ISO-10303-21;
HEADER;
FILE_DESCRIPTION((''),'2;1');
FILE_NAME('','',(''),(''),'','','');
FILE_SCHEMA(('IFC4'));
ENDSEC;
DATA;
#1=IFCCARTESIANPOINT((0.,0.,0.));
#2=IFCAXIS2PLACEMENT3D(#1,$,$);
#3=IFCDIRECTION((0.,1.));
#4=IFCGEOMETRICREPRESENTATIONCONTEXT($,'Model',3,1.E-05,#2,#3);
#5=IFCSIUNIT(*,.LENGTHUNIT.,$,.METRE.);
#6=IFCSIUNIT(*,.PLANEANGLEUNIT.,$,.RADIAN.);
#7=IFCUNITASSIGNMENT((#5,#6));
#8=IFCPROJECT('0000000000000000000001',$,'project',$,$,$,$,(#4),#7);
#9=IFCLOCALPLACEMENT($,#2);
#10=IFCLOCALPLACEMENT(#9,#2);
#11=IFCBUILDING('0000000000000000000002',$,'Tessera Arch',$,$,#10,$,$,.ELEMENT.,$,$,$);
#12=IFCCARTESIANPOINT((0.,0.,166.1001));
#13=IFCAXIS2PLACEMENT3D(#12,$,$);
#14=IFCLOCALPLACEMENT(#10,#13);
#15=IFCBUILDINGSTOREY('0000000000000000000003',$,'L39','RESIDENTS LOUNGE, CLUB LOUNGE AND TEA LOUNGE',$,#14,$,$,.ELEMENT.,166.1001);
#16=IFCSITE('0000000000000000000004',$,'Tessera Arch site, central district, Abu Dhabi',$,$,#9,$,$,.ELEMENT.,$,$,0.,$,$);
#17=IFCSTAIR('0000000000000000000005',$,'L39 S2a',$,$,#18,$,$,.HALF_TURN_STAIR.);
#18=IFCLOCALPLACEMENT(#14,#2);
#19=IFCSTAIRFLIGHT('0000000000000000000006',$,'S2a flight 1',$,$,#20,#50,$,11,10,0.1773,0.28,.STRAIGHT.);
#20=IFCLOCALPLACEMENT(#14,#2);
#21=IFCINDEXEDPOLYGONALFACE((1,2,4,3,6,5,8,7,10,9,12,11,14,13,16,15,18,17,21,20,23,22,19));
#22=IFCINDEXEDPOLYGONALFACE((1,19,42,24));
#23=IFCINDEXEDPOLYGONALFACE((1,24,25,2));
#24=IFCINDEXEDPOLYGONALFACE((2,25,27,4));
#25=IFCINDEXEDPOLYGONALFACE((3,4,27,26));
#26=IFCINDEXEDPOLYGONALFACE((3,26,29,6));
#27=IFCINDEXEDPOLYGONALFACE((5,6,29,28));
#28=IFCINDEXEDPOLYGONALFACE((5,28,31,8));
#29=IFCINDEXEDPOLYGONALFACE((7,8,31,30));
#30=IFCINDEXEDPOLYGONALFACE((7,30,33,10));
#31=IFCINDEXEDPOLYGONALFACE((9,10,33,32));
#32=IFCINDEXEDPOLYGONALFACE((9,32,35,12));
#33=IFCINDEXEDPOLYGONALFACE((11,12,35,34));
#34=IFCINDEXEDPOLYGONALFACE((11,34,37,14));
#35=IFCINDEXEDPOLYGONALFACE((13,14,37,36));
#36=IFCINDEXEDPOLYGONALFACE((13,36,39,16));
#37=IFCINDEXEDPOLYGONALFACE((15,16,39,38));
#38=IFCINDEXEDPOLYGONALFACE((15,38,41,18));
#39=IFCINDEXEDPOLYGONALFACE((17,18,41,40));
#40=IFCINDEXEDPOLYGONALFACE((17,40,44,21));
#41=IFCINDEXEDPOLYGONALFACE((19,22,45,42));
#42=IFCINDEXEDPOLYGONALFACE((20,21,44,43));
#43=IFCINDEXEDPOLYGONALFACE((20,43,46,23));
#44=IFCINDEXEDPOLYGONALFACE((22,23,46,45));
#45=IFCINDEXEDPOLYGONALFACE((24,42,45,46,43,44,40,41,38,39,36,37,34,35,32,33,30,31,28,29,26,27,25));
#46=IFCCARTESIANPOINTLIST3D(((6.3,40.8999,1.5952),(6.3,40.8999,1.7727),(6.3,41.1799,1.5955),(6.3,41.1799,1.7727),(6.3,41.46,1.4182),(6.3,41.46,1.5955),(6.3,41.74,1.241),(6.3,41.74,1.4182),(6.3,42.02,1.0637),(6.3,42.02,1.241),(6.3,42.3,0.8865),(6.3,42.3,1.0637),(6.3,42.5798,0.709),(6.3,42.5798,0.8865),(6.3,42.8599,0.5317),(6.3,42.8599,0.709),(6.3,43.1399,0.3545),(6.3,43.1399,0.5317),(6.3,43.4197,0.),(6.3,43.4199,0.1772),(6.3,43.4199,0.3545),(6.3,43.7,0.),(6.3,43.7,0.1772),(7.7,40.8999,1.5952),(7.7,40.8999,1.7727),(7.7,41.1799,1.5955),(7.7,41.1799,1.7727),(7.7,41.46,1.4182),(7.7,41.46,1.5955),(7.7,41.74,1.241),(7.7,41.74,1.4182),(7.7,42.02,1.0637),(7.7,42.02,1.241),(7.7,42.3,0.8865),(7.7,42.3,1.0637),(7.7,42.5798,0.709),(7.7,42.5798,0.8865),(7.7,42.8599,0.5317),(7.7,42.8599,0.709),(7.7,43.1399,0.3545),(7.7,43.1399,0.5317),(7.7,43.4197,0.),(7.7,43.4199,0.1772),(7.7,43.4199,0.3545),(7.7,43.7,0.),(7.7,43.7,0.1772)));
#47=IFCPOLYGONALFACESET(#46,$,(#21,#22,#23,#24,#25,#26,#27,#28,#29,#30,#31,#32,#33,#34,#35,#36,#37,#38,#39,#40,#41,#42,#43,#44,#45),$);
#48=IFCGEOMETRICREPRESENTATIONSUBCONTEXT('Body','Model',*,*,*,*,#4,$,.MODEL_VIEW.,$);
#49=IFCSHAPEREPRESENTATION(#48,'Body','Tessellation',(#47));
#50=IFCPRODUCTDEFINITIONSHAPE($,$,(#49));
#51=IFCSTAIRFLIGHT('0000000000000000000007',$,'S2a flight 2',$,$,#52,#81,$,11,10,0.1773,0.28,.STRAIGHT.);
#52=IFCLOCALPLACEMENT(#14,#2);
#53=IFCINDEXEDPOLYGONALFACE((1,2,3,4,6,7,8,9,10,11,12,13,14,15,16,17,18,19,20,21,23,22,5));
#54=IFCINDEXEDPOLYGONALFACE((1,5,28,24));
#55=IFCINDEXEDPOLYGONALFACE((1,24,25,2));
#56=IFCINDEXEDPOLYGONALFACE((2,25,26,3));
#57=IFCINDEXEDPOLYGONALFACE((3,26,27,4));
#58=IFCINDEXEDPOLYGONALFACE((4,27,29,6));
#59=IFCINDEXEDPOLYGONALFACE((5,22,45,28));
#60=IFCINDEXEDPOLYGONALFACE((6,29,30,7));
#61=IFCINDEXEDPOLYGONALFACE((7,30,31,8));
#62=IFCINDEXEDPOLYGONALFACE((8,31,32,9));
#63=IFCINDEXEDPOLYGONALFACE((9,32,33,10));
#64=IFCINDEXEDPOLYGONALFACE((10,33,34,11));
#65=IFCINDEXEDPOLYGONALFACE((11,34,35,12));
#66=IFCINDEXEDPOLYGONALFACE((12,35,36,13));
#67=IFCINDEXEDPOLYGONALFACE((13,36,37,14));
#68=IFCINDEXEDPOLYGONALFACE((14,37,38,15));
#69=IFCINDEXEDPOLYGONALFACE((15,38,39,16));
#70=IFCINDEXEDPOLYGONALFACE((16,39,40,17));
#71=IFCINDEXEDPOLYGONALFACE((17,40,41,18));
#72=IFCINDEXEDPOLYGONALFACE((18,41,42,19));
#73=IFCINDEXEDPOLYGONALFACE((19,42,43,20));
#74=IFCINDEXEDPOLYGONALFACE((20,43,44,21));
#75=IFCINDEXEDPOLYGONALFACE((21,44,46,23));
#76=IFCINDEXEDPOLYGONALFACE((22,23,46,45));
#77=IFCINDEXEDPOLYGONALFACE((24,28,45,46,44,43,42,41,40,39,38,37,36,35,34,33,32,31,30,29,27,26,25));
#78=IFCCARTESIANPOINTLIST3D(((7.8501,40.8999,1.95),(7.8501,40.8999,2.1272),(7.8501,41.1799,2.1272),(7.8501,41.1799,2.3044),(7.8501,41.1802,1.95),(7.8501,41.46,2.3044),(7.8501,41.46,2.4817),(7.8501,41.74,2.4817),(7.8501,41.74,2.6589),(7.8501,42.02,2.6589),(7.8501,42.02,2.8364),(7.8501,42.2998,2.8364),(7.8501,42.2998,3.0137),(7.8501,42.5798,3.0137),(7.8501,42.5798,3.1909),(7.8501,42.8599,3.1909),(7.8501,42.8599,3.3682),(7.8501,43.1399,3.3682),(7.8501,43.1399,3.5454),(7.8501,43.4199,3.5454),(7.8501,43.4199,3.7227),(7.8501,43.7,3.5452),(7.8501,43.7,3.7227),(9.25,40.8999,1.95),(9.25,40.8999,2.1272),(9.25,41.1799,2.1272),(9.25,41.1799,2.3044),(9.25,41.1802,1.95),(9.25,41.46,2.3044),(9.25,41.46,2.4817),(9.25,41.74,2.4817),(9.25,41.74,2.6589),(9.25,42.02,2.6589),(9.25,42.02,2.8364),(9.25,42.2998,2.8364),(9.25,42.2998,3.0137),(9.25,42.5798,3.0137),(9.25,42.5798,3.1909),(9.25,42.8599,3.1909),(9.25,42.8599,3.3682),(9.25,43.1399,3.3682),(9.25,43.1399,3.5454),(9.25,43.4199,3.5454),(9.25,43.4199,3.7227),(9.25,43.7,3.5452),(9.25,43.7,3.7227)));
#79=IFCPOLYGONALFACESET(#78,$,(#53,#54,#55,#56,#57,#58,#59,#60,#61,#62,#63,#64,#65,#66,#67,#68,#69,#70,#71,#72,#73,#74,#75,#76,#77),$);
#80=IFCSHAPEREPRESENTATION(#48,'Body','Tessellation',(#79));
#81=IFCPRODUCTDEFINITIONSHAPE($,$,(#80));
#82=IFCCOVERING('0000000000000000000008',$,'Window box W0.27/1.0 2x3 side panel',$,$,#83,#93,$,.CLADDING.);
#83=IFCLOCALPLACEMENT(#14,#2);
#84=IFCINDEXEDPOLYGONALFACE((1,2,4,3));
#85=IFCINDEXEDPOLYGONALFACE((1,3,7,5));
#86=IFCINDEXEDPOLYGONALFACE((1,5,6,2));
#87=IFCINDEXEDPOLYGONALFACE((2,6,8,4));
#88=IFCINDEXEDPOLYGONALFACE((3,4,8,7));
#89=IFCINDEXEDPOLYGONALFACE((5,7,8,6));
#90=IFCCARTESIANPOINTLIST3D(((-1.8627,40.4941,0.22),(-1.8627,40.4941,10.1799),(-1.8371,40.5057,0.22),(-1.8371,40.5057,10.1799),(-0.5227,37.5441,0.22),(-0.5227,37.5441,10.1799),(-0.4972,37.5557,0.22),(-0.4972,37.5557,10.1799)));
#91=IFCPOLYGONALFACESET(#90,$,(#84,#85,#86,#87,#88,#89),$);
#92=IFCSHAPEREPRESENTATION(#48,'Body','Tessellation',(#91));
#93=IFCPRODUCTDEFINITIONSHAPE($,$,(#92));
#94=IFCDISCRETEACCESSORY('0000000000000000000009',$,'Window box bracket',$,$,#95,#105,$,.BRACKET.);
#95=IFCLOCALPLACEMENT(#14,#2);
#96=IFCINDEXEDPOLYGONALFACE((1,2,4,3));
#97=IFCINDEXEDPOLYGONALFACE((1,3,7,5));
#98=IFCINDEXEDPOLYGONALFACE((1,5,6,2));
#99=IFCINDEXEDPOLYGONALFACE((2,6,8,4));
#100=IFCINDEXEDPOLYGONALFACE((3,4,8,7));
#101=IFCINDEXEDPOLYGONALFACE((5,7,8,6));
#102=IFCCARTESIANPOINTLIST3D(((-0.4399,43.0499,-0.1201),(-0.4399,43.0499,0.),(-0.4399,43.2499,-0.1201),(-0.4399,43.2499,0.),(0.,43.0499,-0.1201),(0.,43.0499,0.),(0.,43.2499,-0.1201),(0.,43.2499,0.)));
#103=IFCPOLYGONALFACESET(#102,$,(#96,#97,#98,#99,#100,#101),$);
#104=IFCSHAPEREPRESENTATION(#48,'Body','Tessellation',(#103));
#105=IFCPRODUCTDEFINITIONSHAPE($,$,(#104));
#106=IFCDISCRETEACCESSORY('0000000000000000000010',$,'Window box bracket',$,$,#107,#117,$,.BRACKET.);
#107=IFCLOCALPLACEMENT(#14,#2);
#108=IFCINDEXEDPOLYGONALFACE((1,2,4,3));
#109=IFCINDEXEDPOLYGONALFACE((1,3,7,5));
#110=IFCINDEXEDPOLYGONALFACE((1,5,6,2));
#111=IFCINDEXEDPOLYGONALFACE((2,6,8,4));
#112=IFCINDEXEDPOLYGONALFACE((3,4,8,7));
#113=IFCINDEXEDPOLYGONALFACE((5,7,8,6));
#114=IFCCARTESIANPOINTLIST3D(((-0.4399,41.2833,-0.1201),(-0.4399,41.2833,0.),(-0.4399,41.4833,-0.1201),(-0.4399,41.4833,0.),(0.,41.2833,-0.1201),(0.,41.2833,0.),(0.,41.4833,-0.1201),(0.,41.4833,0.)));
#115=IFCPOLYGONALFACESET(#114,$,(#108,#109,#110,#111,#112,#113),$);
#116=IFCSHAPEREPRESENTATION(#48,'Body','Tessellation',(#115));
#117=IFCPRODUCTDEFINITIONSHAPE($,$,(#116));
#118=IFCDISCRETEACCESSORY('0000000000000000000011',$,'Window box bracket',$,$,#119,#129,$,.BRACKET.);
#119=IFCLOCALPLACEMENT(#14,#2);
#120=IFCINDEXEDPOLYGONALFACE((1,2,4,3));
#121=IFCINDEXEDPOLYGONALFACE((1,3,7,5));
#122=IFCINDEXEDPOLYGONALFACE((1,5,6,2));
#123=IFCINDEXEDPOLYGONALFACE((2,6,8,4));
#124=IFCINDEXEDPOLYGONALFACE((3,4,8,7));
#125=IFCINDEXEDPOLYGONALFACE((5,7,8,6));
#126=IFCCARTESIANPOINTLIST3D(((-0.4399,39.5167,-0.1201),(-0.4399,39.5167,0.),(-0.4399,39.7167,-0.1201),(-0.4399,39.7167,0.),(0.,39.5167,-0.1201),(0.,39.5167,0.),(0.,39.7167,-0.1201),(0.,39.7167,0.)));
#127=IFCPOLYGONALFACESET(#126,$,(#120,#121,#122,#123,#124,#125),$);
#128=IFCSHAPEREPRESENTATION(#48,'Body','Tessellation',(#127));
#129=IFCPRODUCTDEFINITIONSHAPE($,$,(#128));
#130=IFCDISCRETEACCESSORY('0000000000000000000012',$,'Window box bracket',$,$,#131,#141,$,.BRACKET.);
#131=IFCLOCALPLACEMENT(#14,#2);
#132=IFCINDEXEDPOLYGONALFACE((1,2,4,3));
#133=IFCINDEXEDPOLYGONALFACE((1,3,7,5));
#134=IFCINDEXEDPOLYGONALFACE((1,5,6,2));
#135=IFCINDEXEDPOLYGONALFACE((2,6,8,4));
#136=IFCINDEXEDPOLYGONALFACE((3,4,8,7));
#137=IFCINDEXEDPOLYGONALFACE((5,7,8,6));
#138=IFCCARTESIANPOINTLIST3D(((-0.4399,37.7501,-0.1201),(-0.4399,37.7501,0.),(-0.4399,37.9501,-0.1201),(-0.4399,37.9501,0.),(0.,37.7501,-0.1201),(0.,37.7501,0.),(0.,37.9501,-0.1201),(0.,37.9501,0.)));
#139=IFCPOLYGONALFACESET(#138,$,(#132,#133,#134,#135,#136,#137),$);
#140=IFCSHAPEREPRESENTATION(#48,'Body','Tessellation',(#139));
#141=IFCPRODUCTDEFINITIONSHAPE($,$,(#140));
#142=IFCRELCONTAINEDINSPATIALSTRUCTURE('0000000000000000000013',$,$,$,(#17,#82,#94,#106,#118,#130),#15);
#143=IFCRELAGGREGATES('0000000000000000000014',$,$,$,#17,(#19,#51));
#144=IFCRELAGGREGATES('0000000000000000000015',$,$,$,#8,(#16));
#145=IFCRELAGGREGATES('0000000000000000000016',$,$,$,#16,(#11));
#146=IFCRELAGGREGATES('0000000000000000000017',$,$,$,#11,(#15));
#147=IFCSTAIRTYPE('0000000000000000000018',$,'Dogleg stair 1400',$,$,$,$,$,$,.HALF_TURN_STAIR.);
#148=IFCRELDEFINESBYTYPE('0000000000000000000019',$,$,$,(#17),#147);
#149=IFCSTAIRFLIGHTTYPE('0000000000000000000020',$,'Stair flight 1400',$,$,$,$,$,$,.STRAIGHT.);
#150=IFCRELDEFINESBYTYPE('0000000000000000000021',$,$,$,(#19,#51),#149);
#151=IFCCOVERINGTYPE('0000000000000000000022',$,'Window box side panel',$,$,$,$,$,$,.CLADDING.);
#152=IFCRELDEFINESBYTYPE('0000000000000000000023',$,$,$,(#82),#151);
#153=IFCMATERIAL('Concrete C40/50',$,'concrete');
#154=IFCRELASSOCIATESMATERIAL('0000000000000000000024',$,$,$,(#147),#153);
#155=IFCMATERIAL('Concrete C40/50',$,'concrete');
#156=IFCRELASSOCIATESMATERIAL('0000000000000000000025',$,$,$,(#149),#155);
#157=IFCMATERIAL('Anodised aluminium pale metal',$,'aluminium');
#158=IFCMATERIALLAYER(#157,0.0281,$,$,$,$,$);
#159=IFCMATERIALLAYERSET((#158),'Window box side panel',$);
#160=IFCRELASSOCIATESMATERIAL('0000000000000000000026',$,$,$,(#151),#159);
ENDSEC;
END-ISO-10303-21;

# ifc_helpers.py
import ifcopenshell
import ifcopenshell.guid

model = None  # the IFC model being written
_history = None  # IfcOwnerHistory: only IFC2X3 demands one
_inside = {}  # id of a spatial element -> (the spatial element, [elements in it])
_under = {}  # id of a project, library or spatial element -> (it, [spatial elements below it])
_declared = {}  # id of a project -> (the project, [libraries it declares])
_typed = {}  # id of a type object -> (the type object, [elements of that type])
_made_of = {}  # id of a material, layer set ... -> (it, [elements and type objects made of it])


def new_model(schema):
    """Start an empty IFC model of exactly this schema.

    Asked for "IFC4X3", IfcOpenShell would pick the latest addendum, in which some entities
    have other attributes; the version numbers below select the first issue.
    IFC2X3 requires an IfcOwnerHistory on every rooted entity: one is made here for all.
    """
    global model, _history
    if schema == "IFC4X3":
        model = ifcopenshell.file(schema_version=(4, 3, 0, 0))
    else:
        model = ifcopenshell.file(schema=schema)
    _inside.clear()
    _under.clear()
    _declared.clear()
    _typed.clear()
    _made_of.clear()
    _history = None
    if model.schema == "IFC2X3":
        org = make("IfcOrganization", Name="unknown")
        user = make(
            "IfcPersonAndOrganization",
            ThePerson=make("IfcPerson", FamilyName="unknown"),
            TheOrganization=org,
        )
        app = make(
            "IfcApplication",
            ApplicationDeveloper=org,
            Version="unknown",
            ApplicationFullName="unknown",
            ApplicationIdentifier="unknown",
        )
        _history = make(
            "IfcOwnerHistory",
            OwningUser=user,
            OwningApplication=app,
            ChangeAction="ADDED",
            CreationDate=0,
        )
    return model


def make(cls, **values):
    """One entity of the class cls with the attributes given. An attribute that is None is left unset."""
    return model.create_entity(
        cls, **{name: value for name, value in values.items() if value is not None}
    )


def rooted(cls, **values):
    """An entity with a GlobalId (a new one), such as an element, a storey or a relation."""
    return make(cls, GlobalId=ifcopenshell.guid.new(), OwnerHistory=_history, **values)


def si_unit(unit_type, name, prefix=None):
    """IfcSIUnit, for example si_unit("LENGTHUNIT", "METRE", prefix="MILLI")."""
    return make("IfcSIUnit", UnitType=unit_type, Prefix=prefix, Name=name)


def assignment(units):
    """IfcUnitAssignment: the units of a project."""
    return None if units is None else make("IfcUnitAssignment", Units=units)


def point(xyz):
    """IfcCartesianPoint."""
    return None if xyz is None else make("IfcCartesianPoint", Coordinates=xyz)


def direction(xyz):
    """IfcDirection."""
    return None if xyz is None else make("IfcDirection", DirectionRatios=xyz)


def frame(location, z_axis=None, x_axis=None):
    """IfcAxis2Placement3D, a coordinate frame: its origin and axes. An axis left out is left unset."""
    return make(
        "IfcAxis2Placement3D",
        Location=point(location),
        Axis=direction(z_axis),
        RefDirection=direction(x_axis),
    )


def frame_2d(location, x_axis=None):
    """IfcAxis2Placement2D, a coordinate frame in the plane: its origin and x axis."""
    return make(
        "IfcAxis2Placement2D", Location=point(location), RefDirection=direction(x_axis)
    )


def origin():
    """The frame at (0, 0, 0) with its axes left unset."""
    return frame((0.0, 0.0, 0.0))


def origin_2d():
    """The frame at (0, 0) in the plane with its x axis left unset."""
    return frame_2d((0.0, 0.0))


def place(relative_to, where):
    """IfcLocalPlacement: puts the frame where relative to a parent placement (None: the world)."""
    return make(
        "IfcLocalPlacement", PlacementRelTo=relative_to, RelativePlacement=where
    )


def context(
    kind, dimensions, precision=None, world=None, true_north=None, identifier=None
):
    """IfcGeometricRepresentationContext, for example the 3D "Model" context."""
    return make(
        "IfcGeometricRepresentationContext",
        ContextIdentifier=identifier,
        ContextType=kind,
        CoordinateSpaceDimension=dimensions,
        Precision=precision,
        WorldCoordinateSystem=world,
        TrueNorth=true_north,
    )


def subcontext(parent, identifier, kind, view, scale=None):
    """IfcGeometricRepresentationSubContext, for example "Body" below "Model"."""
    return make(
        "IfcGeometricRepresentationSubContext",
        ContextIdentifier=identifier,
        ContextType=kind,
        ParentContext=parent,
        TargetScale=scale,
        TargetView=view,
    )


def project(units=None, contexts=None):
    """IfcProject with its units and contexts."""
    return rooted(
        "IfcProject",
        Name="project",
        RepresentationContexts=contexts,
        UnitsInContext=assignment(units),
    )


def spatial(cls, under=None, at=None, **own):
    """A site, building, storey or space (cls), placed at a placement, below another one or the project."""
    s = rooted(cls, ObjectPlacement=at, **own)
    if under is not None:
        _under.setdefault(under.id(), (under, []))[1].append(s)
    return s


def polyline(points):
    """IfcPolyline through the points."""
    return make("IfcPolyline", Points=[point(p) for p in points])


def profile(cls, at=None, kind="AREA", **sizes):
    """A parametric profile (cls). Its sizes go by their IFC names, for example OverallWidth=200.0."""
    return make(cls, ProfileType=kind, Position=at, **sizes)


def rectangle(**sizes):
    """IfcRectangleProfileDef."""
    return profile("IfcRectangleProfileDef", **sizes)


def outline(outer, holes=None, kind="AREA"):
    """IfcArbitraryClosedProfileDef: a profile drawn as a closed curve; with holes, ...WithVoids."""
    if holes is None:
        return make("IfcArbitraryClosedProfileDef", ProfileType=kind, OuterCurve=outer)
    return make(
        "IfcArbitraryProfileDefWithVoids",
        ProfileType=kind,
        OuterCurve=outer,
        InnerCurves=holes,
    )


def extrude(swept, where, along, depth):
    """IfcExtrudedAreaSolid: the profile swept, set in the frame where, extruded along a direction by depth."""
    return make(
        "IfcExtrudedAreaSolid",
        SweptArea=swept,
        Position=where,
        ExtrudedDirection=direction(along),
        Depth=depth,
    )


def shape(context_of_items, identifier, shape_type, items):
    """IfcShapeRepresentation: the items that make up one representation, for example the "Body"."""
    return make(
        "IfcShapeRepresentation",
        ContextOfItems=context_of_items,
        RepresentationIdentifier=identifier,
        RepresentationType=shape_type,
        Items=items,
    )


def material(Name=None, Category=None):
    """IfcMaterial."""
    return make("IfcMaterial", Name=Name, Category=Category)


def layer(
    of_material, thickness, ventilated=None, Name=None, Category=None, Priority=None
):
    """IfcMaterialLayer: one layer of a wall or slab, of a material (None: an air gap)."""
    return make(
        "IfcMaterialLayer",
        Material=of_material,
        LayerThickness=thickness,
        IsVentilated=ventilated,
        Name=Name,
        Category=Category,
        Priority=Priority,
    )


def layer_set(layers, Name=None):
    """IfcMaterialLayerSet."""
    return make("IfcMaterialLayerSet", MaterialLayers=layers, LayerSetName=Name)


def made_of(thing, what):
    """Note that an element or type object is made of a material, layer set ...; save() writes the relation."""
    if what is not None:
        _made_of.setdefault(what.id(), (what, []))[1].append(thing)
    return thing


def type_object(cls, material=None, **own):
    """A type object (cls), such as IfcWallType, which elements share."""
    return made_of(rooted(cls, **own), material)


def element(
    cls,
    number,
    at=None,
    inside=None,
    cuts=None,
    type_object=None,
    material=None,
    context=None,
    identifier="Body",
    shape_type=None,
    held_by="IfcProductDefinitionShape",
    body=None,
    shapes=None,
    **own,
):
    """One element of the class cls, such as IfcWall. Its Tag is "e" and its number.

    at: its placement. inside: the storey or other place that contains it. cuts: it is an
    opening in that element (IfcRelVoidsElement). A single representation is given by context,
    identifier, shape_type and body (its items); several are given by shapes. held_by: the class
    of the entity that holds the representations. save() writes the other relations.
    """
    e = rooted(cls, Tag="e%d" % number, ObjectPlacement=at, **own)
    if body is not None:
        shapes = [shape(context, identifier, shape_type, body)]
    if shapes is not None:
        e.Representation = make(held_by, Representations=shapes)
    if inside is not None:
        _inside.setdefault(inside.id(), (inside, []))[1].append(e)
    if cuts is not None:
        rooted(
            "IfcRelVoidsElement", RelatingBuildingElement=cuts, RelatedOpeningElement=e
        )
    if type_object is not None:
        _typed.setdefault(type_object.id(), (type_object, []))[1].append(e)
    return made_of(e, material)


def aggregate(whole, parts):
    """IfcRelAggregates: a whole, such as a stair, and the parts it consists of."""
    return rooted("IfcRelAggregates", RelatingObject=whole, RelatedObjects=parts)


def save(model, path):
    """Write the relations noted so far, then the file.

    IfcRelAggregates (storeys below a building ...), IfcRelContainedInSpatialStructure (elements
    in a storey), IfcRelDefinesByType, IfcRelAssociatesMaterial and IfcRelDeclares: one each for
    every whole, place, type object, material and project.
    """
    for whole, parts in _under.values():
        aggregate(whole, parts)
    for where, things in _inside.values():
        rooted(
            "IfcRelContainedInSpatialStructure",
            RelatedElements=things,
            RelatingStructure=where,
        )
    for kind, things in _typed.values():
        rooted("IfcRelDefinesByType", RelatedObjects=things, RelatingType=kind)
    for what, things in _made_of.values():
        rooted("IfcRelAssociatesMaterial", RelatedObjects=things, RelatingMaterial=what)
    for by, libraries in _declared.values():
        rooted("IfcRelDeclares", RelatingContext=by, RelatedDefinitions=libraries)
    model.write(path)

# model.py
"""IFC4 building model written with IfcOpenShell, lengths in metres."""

from ifc_helpers import new_model, si_unit, direction, frame, origin, origin_2d, place, context, subcontext, project, spatial, polyline, rectangle, outline, extrude, material, layer, layer_set, type_object, element, aggregate, save


model = new_model("IFC4")

# Units and contexts
model_context = context("Model", 3, precision=1e-05, world=origin(), true_north=direction((0.0, 1.0)))
body_context = subcontext(model_context, "Body", "Model", "MODEL_VIEW")
ifc_project = project(units=[si_unit("LENGTHUNIT", "METRE"), si_unit("PLANEANGLEUNIT", "RADIAN")], contexts=[model_context])

# Site, building, storey
site_placement = place(None, origin())
site = spatial("IfcSite", under=ifc_project, at=site_placement, Name="Tessera Arch site, central district, Abu Dhabi", CompositionType="ELEMENT", RefElevation=0.0)
building_placement = place(site_placement, origin())
building = spatial("IfcBuilding", under=site, at=building_placement, Name="Tessera Arch", CompositionType="ELEMENT")
storey_placement = place(building_placement, frame((0.0, 0.0, 166.1001)))
storey = spatial("IfcBuildingStorey", under=building, at=storey_placement, Name="L39", Description="RESIDENTS LOUNGE, CLUB LOUNGE AND TEA LOUNGE", CompositionType="ELEMENT", Elevation=166.1001)

# Stair, stair flights
ifc_material_1 = material(Name="Concrete C40/50", Category="concrete")
stair_type = type_object("IfcStairType", Name="Dogleg stair 1400", PredefinedType="HALF_TURN_STAIR", material=ifc_material_1)
stair_placement = place(storey_placement, origin())
stair = element("IfcStair", 1, at=stair_placement, inside=storey, type_object=stair_type, Name="L39 S2a", PredefinedType="HALF_TURN_STAIR")
ifc_material_2 = material(Name="Concrete C40/50", Category="concrete")
stair_flight_type = type_object("IfcStairFlightType", Name="Stair flight 1400", PredefinedType="STRAIGHT", material=ifc_material_2)
stair_flight_1_placement = place(storey_placement, frame((7.0, 43.7, 0.0), z_axis=(0.0, 0.0, 1.0), x_axis=(0.0, -1.0, 0.0)))
stair_flight_1 = element("IfcStairFlight", 2, at=stair_flight_1_placement, type_object=stair_flight_type, Name="S2a flight 1", NumberOfRisers=11, NumberOfTreads=10, PredefinedType="STRAIGHT", RiserHeight=0.1773, TreadLength=0.28, context=body_context, shape_type="SweptSolid", body=[
    extrude(outline(polyline([(0.0, 0.0), (0.0, 0.1772), (0.28, 0.1772), (0.28, 0.3545), (0.5601, 0.3545), (0.5601, 0.5317), (0.8401, 0.5317), (0.8401, 0.709), (1.1201, 0.709), (1.1201, 0.8865), (1.3999, 0.8865), (1.3999, 1.0637), (1.6799, 1.0637), (1.6799, 1.241), (1.96, 1.241), (1.96, 1.4182), (2.24, 1.4182), (2.24, 1.5955), (2.52, 1.5955), (2.52, 1.7727), (2.8, 1.7727), (2.8, 1.95), (2.8, 1.5952), (0.2803, 0.0), (0.0, 0.0)])), frame((0.0, 0.7, 0.0), z_axis=(0.0, -1.0, 0.0), x_axis=(1.0, 0.0, 0.0)), (0.0, 0.0, 1.0), 1.3999),
])
stair_flight_2_placement = place(storey_placement, frame((8.55, 40.8999, 1.95), z_axis=(0.0, 0.0, 1.0), x_axis=(0.0, 1.0, 0.0)))
stair_flight_2 = element("IfcStairFlight", 3, at=stair_flight_2_placement, type_object=stair_flight_type, Name="S2a flight 2", NumberOfRisers=11, NumberOfTreads=10, PredefinedType="STRAIGHT", RiserHeight=0.1773, TreadLength=0.28, context=body_context, shape_type="SweptSolid", body=[
    extrude(outline(polyline([(0.0, 0.0), (0.0, 0.1772), (0.28, 0.1772), (0.28, 0.3545), (0.5601, 0.3545), (0.5601, 0.5317), (0.8401, 0.5317), (0.8401, 0.709), (1.1201, 0.709), (1.1201, 0.8865), (1.3999, 0.8865), (1.3999, 1.0637), (1.6799, 1.0637), (1.6799, 1.241), (1.96, 1.241), (1.96, 1.4182), (2.24, 1.4182), (2.24, 1.5955), (2.52, 1.5955), (2.52, 1.7727), (2.8, 1.7727), (2.8, 1.95), (2.8, 1.5952), (0.2803, 0.0), (0.0, 0.0)])), frame((0.0, 0.7, 0.0), z_axis=(0.0, -1.0, 0.0), x_axis=(1.0, 0.0, 0.0)), (0.0, 0.0, 1.0), 1.3999),
])
aggregate(stair, [stair_flight_1, stair_flight_2])

# Covering
ifc_material_3 = material(Name="Anodised aluminium pale metal", Category="aluminium")
ifc_layer_1 = layer(ifc_material_3, 0.0281)
ifc_layer_set_1 = layer_set([ifc_layer_1], Name="Window box side panel")
covering_type = type_object("IfcCoveringType", Name="Window box side panel", PredefinedType="CLADDING", material=ifc_layer_set_1)
covering_placement = place(storey_placement, frame((-1.1799, 39.0249, 0.22), z_axis=(0.0, 0.0, 1.0), x_axis=(-0.41357, 0.910472, 0.0)))
element("IfcCovering", 4, at=covering_placement, inside=storey, type_object=covering_type, Name="Window box W0.27/1.0 2x3 side panel", PredefinedType="CLADDING", context=body_context, shape_type="SweptSolid", body=[
    extrude(rectangle(XDim=3.24, YDim=0.0281, at=origin_2d()), origin(), (0.0, 0.0, 1.0), 9.96),
])

# Discrete accessories
for number, where, z_axis, x_axis, name in (
    (5, (-0.22, 43.1499, -0.1201), (0.0, 0.0, 1.0), (-1.0, 0.0, 0.0), "Window box bracket"),
    (6, (-0.22, 41.3833, -0.1201), (0.0, 0.0, 1.0), (-1.0, 0.0, 0.0), "Window box bracket"),
    (7, (-0.22, 39.6167, -0.1201), (0.0, 0.0, 1.0), (-1.0, 0.0, 0.0), "Window box bracket"),
    (8, (-0.22, 37.8501, -0.1201), (0.0, 0.0, 1.0), (-1.0, 0.0, 0.0), "Window box bracket"),
):
    element("IfcDiscreteAccessory", number, at=place(storey_placement, frame(where, z_axis=z_axis, x_axis=x_axis)), inside=storey, Name=name, PredefinedType="BRACKET", context=body_context, shape_type="SweptSolid", body=[
        extrude(rectangle(XDim=0.4399, YDim=0.2, at=origin_2d()), origin(), (0.0, 0.0, 1.0), 0.1201),
    ])

save(model, "model.ifc")
